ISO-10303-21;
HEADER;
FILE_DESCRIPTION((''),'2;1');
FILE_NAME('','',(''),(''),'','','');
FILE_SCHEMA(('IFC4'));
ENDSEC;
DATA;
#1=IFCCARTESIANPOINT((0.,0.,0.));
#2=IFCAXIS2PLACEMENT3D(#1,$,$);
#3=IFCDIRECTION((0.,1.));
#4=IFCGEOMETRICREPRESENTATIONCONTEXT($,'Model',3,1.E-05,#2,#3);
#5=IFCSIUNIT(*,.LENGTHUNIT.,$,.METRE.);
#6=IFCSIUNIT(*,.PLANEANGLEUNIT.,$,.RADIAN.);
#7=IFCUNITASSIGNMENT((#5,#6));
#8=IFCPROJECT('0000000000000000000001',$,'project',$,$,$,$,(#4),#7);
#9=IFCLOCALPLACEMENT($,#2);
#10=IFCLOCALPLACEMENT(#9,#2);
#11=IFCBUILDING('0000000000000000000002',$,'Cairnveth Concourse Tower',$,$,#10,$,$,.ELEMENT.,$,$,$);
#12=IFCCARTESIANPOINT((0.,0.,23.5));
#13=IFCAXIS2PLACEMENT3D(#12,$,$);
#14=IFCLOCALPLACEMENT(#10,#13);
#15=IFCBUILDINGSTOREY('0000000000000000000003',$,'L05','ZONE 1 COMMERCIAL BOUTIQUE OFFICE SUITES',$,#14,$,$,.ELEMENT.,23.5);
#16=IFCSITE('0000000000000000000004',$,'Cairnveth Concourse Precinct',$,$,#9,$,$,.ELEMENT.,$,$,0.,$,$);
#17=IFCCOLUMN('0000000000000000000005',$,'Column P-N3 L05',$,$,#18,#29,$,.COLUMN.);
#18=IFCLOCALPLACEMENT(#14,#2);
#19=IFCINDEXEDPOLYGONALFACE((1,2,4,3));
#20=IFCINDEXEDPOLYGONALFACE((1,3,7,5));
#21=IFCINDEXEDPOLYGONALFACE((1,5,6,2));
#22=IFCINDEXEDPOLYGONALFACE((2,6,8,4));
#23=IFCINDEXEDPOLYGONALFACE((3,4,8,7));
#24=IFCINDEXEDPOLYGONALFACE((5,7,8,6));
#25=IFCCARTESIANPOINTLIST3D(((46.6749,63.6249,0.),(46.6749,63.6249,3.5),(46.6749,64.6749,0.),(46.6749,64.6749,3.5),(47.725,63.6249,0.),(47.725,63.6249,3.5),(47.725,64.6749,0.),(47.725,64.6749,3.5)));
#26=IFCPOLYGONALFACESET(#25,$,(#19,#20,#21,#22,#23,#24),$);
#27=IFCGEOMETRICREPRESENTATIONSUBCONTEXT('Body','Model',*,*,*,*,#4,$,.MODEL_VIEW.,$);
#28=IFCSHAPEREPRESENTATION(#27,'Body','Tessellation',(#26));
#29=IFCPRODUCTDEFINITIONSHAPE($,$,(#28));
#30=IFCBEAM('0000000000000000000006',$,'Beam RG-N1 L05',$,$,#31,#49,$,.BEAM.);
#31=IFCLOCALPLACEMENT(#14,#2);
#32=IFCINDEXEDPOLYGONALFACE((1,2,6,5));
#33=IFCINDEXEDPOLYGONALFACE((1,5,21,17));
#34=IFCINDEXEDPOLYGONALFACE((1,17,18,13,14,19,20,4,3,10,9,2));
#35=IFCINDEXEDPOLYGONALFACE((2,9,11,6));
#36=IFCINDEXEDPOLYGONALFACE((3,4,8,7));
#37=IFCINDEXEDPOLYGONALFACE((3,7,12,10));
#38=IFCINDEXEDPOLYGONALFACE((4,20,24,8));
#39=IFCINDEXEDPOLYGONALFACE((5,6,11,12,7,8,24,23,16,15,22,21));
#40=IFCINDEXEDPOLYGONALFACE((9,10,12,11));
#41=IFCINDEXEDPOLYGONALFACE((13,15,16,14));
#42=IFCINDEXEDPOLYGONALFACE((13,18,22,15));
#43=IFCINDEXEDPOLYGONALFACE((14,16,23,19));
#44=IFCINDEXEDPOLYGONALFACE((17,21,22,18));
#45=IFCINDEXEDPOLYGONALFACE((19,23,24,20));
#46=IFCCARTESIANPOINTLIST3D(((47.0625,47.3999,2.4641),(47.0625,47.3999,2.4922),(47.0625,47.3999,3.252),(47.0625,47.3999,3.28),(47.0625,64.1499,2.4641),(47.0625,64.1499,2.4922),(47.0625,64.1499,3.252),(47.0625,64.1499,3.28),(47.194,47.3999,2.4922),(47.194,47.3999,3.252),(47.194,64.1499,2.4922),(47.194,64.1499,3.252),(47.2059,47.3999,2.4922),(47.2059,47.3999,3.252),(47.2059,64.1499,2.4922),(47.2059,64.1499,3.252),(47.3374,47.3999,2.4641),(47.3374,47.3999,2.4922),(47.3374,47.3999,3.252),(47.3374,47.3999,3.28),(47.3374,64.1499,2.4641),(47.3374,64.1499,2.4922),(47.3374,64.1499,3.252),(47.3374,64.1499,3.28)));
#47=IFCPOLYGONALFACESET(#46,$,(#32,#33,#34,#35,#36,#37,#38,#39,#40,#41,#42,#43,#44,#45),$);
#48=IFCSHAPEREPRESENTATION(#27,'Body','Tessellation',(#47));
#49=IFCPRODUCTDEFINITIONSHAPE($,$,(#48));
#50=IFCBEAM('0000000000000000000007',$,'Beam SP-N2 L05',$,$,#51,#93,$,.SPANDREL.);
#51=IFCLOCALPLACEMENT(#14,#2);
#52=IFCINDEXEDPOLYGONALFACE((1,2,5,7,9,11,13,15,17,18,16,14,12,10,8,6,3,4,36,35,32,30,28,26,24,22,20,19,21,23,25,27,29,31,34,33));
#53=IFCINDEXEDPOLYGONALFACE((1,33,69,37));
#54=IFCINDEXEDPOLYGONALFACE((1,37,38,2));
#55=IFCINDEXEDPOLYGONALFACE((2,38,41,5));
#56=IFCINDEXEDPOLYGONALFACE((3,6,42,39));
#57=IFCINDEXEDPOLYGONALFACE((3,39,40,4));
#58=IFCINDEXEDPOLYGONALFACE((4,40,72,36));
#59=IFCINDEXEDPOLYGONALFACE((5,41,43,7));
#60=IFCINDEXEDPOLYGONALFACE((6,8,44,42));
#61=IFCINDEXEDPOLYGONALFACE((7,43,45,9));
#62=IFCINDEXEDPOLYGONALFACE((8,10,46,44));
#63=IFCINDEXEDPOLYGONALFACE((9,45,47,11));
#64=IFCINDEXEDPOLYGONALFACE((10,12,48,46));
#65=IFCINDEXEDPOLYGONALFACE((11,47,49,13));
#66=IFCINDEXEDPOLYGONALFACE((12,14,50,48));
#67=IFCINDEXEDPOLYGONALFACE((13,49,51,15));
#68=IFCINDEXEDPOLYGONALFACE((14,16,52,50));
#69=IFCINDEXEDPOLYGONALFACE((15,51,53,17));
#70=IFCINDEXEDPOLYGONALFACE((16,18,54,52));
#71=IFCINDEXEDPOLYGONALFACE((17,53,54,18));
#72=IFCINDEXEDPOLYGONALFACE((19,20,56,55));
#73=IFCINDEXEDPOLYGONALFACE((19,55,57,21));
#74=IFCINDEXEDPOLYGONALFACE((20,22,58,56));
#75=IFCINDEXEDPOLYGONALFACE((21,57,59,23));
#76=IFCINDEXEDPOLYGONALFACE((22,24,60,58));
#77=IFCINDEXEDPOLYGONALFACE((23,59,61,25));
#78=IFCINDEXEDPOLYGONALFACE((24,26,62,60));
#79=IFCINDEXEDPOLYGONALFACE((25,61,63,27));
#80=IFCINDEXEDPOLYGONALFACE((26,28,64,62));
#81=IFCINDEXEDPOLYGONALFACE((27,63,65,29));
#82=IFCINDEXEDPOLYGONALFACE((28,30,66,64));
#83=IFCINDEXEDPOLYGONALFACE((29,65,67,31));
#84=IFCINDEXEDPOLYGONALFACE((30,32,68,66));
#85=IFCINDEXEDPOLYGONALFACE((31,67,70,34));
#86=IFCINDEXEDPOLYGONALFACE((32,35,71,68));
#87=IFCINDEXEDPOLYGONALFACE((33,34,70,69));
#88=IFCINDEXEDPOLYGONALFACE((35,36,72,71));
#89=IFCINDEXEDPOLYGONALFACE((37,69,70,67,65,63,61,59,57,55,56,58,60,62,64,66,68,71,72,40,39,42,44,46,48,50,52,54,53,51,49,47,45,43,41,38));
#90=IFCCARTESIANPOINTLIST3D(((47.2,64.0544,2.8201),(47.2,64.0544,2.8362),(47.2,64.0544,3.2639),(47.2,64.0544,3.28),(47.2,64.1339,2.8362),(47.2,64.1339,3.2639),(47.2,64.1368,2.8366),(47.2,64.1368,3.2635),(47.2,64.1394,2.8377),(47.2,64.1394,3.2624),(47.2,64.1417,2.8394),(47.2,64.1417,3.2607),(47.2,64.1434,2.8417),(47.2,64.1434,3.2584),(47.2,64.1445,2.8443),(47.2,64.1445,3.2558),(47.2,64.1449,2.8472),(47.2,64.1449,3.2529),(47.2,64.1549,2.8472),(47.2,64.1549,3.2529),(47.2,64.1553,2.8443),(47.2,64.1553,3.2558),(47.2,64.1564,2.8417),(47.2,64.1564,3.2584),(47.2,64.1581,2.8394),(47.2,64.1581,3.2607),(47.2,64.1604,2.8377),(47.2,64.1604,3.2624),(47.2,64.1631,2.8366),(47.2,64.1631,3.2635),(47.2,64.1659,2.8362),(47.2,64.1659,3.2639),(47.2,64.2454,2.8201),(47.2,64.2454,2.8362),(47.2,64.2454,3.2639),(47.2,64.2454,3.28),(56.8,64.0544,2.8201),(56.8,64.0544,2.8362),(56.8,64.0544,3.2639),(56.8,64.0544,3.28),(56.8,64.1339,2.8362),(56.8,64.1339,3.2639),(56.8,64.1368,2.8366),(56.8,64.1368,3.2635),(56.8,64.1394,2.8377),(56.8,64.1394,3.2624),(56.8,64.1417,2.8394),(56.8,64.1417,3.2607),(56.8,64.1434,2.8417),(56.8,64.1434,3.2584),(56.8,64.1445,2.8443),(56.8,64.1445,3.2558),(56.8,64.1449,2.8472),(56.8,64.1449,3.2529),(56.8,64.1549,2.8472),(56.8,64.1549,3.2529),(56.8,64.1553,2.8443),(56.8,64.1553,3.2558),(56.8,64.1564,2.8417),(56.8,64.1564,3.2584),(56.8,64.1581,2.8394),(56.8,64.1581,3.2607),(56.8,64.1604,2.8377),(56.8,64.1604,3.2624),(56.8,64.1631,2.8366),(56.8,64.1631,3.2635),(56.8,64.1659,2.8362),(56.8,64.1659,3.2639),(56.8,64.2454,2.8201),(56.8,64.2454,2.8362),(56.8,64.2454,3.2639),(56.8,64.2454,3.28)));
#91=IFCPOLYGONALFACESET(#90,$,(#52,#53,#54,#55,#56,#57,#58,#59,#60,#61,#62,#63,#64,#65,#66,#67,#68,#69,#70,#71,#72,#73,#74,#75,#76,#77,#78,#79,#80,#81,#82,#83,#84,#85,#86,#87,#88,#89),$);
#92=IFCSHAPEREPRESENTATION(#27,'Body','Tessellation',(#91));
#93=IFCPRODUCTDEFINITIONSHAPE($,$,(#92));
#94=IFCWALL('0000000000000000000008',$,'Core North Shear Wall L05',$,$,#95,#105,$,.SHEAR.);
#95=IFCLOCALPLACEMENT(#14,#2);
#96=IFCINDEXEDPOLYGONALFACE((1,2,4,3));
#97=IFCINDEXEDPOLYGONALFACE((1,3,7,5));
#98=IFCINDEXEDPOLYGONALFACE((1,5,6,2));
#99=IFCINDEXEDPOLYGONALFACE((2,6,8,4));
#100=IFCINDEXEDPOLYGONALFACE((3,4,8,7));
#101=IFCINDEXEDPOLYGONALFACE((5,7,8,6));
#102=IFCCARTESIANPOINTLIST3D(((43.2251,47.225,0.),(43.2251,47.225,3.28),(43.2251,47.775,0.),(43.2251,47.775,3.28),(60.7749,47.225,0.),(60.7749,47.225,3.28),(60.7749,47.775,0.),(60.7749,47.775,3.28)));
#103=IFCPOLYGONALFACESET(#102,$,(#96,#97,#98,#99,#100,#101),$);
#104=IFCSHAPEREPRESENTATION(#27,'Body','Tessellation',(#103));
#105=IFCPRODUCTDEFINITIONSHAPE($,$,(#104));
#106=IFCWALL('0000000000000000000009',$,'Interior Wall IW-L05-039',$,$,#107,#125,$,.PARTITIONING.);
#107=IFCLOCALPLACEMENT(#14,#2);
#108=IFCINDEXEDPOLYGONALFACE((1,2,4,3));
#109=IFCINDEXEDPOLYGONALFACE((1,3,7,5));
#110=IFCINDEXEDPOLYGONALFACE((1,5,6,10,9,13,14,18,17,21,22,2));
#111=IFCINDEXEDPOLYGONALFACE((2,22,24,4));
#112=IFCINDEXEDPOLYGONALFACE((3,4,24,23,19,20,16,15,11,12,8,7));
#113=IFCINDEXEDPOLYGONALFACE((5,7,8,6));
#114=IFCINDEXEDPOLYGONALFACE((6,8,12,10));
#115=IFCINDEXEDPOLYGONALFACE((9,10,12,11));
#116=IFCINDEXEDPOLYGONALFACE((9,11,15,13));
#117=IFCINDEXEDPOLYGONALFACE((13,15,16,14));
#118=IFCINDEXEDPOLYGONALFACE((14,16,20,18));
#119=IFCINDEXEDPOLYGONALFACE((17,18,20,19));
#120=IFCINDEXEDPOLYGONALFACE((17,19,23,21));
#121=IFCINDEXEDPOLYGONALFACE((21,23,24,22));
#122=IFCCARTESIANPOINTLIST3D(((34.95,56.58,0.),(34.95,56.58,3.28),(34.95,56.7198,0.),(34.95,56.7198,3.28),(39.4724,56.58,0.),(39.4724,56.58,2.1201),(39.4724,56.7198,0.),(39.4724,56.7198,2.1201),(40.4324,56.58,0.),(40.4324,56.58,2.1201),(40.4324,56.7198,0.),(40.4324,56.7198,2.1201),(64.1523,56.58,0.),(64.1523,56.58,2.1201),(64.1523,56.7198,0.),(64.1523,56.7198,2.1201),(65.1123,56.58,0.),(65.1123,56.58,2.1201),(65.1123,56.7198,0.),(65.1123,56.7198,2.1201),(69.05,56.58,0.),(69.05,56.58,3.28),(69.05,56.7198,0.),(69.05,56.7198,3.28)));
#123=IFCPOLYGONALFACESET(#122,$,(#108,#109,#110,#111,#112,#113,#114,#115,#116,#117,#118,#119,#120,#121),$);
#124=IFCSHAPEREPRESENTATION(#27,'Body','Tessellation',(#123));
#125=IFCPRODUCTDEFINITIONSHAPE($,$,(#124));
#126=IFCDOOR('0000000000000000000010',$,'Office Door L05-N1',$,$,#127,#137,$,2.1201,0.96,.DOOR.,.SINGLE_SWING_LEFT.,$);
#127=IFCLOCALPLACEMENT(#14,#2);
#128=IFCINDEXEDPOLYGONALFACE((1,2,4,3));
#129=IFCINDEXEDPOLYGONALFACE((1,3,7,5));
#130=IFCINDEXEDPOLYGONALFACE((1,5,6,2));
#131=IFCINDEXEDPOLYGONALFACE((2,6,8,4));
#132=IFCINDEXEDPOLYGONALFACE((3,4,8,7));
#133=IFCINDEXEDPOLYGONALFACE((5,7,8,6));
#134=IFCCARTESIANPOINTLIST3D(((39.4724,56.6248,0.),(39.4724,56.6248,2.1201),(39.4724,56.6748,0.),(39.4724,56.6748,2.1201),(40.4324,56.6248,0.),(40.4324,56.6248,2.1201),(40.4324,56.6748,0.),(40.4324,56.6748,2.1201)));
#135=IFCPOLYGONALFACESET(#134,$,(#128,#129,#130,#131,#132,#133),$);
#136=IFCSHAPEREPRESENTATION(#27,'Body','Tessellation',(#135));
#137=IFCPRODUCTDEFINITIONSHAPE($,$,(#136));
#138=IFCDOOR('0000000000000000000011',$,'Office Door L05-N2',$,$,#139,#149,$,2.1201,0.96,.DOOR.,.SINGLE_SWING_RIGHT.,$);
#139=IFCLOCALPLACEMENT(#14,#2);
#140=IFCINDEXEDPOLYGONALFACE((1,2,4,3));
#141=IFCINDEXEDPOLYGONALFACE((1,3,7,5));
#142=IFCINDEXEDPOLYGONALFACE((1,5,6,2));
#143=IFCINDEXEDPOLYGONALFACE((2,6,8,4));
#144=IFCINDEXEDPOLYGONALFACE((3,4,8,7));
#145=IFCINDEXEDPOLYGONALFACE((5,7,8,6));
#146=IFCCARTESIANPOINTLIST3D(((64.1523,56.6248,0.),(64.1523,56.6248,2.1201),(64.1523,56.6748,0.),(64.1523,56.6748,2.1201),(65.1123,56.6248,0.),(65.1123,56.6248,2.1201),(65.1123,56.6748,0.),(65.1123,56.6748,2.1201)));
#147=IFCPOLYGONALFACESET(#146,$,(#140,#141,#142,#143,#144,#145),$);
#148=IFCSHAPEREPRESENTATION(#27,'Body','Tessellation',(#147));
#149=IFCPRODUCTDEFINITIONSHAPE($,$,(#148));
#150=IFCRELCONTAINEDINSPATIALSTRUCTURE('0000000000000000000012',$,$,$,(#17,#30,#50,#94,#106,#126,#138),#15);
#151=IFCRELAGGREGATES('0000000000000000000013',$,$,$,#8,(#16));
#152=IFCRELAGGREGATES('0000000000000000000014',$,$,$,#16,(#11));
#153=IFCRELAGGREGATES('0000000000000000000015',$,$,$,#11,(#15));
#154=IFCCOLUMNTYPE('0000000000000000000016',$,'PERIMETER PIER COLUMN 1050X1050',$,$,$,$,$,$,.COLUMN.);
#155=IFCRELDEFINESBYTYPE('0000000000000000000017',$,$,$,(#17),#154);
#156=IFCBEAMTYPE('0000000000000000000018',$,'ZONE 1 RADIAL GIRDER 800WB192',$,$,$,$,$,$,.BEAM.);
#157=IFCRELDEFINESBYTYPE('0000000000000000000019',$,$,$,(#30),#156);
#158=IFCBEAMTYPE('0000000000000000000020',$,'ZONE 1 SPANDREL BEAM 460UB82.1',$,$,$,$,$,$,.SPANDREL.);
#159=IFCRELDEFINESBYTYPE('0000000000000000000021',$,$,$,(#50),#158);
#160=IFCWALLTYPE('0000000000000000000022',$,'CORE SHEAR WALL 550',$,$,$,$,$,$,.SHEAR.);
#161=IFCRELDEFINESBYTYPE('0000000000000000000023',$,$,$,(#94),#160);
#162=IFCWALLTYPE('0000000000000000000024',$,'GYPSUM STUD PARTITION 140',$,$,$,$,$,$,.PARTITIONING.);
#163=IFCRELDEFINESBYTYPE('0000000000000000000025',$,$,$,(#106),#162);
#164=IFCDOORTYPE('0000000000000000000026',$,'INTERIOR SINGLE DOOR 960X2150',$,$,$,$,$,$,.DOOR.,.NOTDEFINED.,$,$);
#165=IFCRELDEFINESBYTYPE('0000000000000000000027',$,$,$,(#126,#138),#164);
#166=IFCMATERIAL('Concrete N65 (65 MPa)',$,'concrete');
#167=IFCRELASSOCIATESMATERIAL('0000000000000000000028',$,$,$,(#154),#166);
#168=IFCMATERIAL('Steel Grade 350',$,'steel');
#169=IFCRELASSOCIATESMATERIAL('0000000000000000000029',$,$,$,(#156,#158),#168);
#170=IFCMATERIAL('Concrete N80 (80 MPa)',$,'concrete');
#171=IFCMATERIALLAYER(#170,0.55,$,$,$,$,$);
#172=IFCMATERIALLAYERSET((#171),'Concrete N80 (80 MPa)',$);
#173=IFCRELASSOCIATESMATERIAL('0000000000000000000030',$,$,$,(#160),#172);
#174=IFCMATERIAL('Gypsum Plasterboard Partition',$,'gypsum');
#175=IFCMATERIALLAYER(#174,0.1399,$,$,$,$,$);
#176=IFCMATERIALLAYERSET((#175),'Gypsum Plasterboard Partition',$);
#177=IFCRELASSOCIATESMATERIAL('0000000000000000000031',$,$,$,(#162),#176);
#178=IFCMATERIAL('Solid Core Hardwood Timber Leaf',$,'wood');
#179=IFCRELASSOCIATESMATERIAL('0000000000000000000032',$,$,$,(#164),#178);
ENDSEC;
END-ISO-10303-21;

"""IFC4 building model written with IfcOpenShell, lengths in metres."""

from ifc_helpers import new_model, si_unit, direction, frame, frame_2d, origin, origin_2d, place, context, subcontext, project, spatial, rectangle, i_section, extrude, material, layer, layer_set, material_profile, profile_set, type_object, element, fill, save


model = new_model("IFC4")

# Units and contexts
model_context = context("Model", 3, precision=1e-05, world=origin(), true_north=direction((0.0, 1.0)))
body_context = subcontext(model_context, "Body", "Model", "MODEL_VIEW")
ifc_project = project(units=[si_unit("LENGTHUNIT", "METRE"), si_unit("PLANEANGLEUNIT", "RADIAN")], contexts=[model_context])

# Site, building, storey
site_placement = place(None, origin())
site = spatial("IfcSite", under=ifc_project, at=site_placement, Name="Cairnveth Concourse Precinct", CompositionType="ELEMENT", RefElevation=0.0)
building_placement = place(site_placement, origin())
building = spatial("IfcBuilding", under=site, at=building_placement, Name="Cairnveth Concourse Tower", CompositionType="ELEMENT")
storey_placement = place(building_placement, frame((0.0, 0.0, 23.5)))
storey = spatial("IfcBuildingStorey", under=building, at=storey_placement, Name="L05", Description="ZONE 1 COMMERCIAL BOUTIQUE OFFICE SUITES", CompositionType="ELEMENT", Elevation=23.5)

# Column
ifc_material_1 = material(Name="Concrete N65 (65 MPa)", Category="concrete")
ifc_material_profile_1 = material_profile(ifc_material_1, rectangle(XDim=1.05, YDim=1.05, at=origin_2d()), Name="RC-COL-1050x1050")
ifc_profile_set_1 = profile_set([ifc_material_profile_1], Name="Concrete N65 (65 MPa)")
column_type = type_object("IfcColumnType", Name="PERIMETER PIER COLUMN 1050X1050", PredefinedType="COLUMN", material=ifc_profile_set_1)
column_placement = place(storey_placement, frame((47.2, 64.1499, 0.0), z_axis=(0.0, 0.0, 1.0), x_axis=(1.0, 0.0, 0.0)))
element("IfcColumn", 1, at=column_placement, inside=storey, type_object=column_type, Name="Column P-N3 L05", PredefinedType="COLUMN", context=body_context, shape_type="SweptSolid", body=[
    extrude(rectangle(XDim=1.05, YDim=1.05, at=origin_2d()), origin(), (0.0, 0.0, 1.0), 3.5),
])

# Beams
ifc_material_2 = material(Name="Steel Grade 350", Category="steel")
ifc_material_profile_2 = material_profile(ifc_material_2, i_section(OverallWidth=0.2749, OverallDepth=0.8159, WebThickness=0.012, FlangeThickness=0.0281, at=origin_2d()), Name="800WB192")
ifc_profile_set_2 = profile_set([ifc_material_profile_2], Name="Steel Grade 350")
beam_type_1 = type_object("IfcBeamType", Name="ZONE 1 RADIAL GIRDER 800WB192", PredefinedType="BEAM", material=ifc_profile_set_2)
beam_1_placement = place(storey_placement, frame((47.2, 47.3999, 2.8721), z_axis=(0.0, 1.0, 0.0), x_axis=(-1.0, 0.0, 0.0)))
element("IfcBeam", 2, at=beam_1_placement, inside=storey, type_object=beam_type_1, Name="Beam RG-N1 L05", PredefinedType="BEAM", context=body_context, shape_type="SweptSolid", body=[
    extrude(i_section(OverallWidth=0.2749, OverallDepth=0.8159, WebThickness=0.012, FlangeThickness=0.0281, at=origin_2d()), origin(), (0.0, 0.0, 1.0), 16.75),
])
ifc_material_profile_3 = material_profile(ifc_material_2, i_section(OverallWidth=0.1909, OverallDepth=0.46, WebThickness=0.01, FlangeThickness=0.0161, FilletRadius=0.011, at=origin_2d()), Name="460UB82.1")
ifc_profile_set_3 = profile_set([ifc_material_profile_3], Name="Steel Grade 350")
beam_type_2 = type_object("IfcBeamType", Name="ZONE 1 SPANDREL BEAM 460UB82.1", PredefinedType="SPANDREL", material=ifc_profile_set_3)
beam_2_placement = place(storey_placement, frame((47.2, 64.1499, 3.05), z_axis=(1.0, 0.0, 0.0), x_axis=(0.0, 1.0, 0.0)))
element("IfcBeam", 3, at=beam_2_placement, inside=storey, type_object=beam_type_2, Name="Beam SP-N2 L05", PredefinedType="SPANDREL", context=body_context, shape_type="SweptSolid", body=[
    extrude(i_section(OverallWidth=0.1909, OverallDepth=0.46, WebThickness=0.01, FlangeThickness=0.0161, FilletRadius=0.011, at=origin_2d()), origin(), (0.0, 0.0, 1.0), 9.6001),
])

# Wall
ifc_material_3 = material(Name="Concrete N80 (80 MPa)", Category="concrete")
ifc_layer_1 = layer(ifc_material_3, 0.55)
ifc_layer_set_1 = layer_set([ifc_layer_1], Name="Concrete N80 (80 MPa)")
wall_type_1 = type_object("IfcWallType", Name="CORE SHEAR WALL 550", PredefinedType="SHEAR", material=ifc_layer_set_1)
wall_1_placement = place(storey_placement, frame((43.2251, 47.5, 0.0), z_axis=(0.0, 0.0, 1.0), x_axis=(1.0, 0.0, 0.0)))
element("IfcWall", 4, at=wall_1_placement, inside=storey, type_object=wall_type_1, Name="Core North Shear Wall L05", PredefinedType="SHEAR", context=body_context, shape_type="SweptSolid", body=[
    extrude(rectangle(XDim=17.5498, YDim=0.55, at=frame_2d((8.7749, 0.0))), origin(), (0.0, 0.0, 1.0), 3.28),
])

# Wall, openings, doors
ifc_material_4 = material(Name="Gypsum Plasterboard Partition", Category="gypsum")
ifc_layer_2 = layer(ifc_material_4, 0.1399)
ifc_layer_set_2 = layer_set([ifc_layer_2], Name="Gypsum Plasterboard Partition")
wall_type_2 = type_object("IfcWallType", Name="GYPSUM STUD PARTITION 140", PredefinedType="PARTITIONING", material=ifc_layer_set_2)
wall_2_placement = place(storey_placement, frame((34.95, 56.6499, 0.0), z_axis=(0.0, 0.0, 1.0), x_axis=(1.0, 0.0, 0.0)))
wall_2 = element("IfcWall", 5, at=wall_2_placement, inside=storey, type_object=wall_type_2, Name="Interior Wall IW-L05-039", PredefinedType="PARTITIONING", context=body_context, shape_type="SweptSolid", body=[
    extrude(rectangle(XDim=34.1001, YDim=0.1399, at=frame_2d((17.05, 0.0))), origin(), (0.0, 0.0, 1.0), 3.28),
])
opening_1_placement = place(wall_2_placement, frame((4.5225, 0.0, 0.0)))
opening_1 = element("IfcOpeningElement", 6, at=opening_1_placement, cuts=wall_2, PredefinedType="OPENING", context=body_context, shape_type="SweptSolid", body=[
    extrude(rectangle(XDim=0.96, YDim=2.1201, at=frame_2d((0.48, 1.0601))), frame((0.0, 0.0798, 0.0), z_axis=(0.0, -1.0, 0.0), x_axis=(1.0, 0.0, 0.0)), (0.0, 0.0, 1.0), 0.1599),
])
opening_2_placement = place(wall_2_placement, frame((29.2024, 0.0, 0.0)))
opening_2 = element("IfcOpeningElement", 7, at=opening_2_placement, cuts=wall_2, PredefinedType="OPENING", context=body_context, shape_type="SweptSolid", body=[
    extrude(rectangle(XDim=0.96, YDim=2.1201, at=frame_2d((0.48, 1.0601))), frame((0.0, 0.0798, 0.0), z_axis=(0.0, -1.0, 0.0), x_axis=(1.0, 0.0, 0.0)), (0.0, 0.0, 1.0), 0.1599),
])
ifc_material_5 = material(Name="Solid Core Hardwood Timber Leaf", Category="wood")
door_type_1 = type_object("IfcDoorType", Name="INTERIOR SINGLE DOOR 960X2150", OperationType="NOTDEFINED", PredefinedType="DOOR", material=ifc_material_5)
door_1_placement = place(opening_1_placement, origin())
door_1 = element("IfcDoor", 8, at=door_1_placement, inside=storey, type_object=door_type_1, Name="Office Door L05-N1", OperationType="SINGLE_SWING_LEFT", OverallHeight=2.1201, OverallWidth=0.96, PredefinedType="DOOR", context=body_context, shape_type="SweptSolid", body=[
    extrude(rectangle(XDim=0.96, YDim=2.1201, at=frame_2d((0.48, 1.0601))), frame((0.0, 0.0249, 0.0), z_axis=(0.0, -1.0, 0.0), x_axis=(1.0, 0.0, 0.0)), (0.0, 0.0, 1.0), 0.05),
])
fill(opening_1, door_1)
door_2_placement = place(opening_2_placement, origin())
door_2 = element("IfcDoor", 9, at=door_2_placement, inside=storey, type_object=door_type_1, Name="Office Door L05-N2", OperationType="SINGLE_SWING_RIGHT", OverallHeight=2.1201, OverallWidth=0.96, PredefinedType="DOOR", context=body_context, shape_type="SweptSolid", body=[
    extrude(rectangle(XDim=0.96, YDim=2.1201, at=frame_2d((0.48, 1.0601))), frame((0.0, 0.0249, 0.0), z_axis=(0.0, -1.0, 0.0), x_axis=(1.0, 0.0, 0.0)), (0.0, 0.0, 1.0), 0.05),
])
fill(opening_2, door_2)

save(model, "model.ifc")
